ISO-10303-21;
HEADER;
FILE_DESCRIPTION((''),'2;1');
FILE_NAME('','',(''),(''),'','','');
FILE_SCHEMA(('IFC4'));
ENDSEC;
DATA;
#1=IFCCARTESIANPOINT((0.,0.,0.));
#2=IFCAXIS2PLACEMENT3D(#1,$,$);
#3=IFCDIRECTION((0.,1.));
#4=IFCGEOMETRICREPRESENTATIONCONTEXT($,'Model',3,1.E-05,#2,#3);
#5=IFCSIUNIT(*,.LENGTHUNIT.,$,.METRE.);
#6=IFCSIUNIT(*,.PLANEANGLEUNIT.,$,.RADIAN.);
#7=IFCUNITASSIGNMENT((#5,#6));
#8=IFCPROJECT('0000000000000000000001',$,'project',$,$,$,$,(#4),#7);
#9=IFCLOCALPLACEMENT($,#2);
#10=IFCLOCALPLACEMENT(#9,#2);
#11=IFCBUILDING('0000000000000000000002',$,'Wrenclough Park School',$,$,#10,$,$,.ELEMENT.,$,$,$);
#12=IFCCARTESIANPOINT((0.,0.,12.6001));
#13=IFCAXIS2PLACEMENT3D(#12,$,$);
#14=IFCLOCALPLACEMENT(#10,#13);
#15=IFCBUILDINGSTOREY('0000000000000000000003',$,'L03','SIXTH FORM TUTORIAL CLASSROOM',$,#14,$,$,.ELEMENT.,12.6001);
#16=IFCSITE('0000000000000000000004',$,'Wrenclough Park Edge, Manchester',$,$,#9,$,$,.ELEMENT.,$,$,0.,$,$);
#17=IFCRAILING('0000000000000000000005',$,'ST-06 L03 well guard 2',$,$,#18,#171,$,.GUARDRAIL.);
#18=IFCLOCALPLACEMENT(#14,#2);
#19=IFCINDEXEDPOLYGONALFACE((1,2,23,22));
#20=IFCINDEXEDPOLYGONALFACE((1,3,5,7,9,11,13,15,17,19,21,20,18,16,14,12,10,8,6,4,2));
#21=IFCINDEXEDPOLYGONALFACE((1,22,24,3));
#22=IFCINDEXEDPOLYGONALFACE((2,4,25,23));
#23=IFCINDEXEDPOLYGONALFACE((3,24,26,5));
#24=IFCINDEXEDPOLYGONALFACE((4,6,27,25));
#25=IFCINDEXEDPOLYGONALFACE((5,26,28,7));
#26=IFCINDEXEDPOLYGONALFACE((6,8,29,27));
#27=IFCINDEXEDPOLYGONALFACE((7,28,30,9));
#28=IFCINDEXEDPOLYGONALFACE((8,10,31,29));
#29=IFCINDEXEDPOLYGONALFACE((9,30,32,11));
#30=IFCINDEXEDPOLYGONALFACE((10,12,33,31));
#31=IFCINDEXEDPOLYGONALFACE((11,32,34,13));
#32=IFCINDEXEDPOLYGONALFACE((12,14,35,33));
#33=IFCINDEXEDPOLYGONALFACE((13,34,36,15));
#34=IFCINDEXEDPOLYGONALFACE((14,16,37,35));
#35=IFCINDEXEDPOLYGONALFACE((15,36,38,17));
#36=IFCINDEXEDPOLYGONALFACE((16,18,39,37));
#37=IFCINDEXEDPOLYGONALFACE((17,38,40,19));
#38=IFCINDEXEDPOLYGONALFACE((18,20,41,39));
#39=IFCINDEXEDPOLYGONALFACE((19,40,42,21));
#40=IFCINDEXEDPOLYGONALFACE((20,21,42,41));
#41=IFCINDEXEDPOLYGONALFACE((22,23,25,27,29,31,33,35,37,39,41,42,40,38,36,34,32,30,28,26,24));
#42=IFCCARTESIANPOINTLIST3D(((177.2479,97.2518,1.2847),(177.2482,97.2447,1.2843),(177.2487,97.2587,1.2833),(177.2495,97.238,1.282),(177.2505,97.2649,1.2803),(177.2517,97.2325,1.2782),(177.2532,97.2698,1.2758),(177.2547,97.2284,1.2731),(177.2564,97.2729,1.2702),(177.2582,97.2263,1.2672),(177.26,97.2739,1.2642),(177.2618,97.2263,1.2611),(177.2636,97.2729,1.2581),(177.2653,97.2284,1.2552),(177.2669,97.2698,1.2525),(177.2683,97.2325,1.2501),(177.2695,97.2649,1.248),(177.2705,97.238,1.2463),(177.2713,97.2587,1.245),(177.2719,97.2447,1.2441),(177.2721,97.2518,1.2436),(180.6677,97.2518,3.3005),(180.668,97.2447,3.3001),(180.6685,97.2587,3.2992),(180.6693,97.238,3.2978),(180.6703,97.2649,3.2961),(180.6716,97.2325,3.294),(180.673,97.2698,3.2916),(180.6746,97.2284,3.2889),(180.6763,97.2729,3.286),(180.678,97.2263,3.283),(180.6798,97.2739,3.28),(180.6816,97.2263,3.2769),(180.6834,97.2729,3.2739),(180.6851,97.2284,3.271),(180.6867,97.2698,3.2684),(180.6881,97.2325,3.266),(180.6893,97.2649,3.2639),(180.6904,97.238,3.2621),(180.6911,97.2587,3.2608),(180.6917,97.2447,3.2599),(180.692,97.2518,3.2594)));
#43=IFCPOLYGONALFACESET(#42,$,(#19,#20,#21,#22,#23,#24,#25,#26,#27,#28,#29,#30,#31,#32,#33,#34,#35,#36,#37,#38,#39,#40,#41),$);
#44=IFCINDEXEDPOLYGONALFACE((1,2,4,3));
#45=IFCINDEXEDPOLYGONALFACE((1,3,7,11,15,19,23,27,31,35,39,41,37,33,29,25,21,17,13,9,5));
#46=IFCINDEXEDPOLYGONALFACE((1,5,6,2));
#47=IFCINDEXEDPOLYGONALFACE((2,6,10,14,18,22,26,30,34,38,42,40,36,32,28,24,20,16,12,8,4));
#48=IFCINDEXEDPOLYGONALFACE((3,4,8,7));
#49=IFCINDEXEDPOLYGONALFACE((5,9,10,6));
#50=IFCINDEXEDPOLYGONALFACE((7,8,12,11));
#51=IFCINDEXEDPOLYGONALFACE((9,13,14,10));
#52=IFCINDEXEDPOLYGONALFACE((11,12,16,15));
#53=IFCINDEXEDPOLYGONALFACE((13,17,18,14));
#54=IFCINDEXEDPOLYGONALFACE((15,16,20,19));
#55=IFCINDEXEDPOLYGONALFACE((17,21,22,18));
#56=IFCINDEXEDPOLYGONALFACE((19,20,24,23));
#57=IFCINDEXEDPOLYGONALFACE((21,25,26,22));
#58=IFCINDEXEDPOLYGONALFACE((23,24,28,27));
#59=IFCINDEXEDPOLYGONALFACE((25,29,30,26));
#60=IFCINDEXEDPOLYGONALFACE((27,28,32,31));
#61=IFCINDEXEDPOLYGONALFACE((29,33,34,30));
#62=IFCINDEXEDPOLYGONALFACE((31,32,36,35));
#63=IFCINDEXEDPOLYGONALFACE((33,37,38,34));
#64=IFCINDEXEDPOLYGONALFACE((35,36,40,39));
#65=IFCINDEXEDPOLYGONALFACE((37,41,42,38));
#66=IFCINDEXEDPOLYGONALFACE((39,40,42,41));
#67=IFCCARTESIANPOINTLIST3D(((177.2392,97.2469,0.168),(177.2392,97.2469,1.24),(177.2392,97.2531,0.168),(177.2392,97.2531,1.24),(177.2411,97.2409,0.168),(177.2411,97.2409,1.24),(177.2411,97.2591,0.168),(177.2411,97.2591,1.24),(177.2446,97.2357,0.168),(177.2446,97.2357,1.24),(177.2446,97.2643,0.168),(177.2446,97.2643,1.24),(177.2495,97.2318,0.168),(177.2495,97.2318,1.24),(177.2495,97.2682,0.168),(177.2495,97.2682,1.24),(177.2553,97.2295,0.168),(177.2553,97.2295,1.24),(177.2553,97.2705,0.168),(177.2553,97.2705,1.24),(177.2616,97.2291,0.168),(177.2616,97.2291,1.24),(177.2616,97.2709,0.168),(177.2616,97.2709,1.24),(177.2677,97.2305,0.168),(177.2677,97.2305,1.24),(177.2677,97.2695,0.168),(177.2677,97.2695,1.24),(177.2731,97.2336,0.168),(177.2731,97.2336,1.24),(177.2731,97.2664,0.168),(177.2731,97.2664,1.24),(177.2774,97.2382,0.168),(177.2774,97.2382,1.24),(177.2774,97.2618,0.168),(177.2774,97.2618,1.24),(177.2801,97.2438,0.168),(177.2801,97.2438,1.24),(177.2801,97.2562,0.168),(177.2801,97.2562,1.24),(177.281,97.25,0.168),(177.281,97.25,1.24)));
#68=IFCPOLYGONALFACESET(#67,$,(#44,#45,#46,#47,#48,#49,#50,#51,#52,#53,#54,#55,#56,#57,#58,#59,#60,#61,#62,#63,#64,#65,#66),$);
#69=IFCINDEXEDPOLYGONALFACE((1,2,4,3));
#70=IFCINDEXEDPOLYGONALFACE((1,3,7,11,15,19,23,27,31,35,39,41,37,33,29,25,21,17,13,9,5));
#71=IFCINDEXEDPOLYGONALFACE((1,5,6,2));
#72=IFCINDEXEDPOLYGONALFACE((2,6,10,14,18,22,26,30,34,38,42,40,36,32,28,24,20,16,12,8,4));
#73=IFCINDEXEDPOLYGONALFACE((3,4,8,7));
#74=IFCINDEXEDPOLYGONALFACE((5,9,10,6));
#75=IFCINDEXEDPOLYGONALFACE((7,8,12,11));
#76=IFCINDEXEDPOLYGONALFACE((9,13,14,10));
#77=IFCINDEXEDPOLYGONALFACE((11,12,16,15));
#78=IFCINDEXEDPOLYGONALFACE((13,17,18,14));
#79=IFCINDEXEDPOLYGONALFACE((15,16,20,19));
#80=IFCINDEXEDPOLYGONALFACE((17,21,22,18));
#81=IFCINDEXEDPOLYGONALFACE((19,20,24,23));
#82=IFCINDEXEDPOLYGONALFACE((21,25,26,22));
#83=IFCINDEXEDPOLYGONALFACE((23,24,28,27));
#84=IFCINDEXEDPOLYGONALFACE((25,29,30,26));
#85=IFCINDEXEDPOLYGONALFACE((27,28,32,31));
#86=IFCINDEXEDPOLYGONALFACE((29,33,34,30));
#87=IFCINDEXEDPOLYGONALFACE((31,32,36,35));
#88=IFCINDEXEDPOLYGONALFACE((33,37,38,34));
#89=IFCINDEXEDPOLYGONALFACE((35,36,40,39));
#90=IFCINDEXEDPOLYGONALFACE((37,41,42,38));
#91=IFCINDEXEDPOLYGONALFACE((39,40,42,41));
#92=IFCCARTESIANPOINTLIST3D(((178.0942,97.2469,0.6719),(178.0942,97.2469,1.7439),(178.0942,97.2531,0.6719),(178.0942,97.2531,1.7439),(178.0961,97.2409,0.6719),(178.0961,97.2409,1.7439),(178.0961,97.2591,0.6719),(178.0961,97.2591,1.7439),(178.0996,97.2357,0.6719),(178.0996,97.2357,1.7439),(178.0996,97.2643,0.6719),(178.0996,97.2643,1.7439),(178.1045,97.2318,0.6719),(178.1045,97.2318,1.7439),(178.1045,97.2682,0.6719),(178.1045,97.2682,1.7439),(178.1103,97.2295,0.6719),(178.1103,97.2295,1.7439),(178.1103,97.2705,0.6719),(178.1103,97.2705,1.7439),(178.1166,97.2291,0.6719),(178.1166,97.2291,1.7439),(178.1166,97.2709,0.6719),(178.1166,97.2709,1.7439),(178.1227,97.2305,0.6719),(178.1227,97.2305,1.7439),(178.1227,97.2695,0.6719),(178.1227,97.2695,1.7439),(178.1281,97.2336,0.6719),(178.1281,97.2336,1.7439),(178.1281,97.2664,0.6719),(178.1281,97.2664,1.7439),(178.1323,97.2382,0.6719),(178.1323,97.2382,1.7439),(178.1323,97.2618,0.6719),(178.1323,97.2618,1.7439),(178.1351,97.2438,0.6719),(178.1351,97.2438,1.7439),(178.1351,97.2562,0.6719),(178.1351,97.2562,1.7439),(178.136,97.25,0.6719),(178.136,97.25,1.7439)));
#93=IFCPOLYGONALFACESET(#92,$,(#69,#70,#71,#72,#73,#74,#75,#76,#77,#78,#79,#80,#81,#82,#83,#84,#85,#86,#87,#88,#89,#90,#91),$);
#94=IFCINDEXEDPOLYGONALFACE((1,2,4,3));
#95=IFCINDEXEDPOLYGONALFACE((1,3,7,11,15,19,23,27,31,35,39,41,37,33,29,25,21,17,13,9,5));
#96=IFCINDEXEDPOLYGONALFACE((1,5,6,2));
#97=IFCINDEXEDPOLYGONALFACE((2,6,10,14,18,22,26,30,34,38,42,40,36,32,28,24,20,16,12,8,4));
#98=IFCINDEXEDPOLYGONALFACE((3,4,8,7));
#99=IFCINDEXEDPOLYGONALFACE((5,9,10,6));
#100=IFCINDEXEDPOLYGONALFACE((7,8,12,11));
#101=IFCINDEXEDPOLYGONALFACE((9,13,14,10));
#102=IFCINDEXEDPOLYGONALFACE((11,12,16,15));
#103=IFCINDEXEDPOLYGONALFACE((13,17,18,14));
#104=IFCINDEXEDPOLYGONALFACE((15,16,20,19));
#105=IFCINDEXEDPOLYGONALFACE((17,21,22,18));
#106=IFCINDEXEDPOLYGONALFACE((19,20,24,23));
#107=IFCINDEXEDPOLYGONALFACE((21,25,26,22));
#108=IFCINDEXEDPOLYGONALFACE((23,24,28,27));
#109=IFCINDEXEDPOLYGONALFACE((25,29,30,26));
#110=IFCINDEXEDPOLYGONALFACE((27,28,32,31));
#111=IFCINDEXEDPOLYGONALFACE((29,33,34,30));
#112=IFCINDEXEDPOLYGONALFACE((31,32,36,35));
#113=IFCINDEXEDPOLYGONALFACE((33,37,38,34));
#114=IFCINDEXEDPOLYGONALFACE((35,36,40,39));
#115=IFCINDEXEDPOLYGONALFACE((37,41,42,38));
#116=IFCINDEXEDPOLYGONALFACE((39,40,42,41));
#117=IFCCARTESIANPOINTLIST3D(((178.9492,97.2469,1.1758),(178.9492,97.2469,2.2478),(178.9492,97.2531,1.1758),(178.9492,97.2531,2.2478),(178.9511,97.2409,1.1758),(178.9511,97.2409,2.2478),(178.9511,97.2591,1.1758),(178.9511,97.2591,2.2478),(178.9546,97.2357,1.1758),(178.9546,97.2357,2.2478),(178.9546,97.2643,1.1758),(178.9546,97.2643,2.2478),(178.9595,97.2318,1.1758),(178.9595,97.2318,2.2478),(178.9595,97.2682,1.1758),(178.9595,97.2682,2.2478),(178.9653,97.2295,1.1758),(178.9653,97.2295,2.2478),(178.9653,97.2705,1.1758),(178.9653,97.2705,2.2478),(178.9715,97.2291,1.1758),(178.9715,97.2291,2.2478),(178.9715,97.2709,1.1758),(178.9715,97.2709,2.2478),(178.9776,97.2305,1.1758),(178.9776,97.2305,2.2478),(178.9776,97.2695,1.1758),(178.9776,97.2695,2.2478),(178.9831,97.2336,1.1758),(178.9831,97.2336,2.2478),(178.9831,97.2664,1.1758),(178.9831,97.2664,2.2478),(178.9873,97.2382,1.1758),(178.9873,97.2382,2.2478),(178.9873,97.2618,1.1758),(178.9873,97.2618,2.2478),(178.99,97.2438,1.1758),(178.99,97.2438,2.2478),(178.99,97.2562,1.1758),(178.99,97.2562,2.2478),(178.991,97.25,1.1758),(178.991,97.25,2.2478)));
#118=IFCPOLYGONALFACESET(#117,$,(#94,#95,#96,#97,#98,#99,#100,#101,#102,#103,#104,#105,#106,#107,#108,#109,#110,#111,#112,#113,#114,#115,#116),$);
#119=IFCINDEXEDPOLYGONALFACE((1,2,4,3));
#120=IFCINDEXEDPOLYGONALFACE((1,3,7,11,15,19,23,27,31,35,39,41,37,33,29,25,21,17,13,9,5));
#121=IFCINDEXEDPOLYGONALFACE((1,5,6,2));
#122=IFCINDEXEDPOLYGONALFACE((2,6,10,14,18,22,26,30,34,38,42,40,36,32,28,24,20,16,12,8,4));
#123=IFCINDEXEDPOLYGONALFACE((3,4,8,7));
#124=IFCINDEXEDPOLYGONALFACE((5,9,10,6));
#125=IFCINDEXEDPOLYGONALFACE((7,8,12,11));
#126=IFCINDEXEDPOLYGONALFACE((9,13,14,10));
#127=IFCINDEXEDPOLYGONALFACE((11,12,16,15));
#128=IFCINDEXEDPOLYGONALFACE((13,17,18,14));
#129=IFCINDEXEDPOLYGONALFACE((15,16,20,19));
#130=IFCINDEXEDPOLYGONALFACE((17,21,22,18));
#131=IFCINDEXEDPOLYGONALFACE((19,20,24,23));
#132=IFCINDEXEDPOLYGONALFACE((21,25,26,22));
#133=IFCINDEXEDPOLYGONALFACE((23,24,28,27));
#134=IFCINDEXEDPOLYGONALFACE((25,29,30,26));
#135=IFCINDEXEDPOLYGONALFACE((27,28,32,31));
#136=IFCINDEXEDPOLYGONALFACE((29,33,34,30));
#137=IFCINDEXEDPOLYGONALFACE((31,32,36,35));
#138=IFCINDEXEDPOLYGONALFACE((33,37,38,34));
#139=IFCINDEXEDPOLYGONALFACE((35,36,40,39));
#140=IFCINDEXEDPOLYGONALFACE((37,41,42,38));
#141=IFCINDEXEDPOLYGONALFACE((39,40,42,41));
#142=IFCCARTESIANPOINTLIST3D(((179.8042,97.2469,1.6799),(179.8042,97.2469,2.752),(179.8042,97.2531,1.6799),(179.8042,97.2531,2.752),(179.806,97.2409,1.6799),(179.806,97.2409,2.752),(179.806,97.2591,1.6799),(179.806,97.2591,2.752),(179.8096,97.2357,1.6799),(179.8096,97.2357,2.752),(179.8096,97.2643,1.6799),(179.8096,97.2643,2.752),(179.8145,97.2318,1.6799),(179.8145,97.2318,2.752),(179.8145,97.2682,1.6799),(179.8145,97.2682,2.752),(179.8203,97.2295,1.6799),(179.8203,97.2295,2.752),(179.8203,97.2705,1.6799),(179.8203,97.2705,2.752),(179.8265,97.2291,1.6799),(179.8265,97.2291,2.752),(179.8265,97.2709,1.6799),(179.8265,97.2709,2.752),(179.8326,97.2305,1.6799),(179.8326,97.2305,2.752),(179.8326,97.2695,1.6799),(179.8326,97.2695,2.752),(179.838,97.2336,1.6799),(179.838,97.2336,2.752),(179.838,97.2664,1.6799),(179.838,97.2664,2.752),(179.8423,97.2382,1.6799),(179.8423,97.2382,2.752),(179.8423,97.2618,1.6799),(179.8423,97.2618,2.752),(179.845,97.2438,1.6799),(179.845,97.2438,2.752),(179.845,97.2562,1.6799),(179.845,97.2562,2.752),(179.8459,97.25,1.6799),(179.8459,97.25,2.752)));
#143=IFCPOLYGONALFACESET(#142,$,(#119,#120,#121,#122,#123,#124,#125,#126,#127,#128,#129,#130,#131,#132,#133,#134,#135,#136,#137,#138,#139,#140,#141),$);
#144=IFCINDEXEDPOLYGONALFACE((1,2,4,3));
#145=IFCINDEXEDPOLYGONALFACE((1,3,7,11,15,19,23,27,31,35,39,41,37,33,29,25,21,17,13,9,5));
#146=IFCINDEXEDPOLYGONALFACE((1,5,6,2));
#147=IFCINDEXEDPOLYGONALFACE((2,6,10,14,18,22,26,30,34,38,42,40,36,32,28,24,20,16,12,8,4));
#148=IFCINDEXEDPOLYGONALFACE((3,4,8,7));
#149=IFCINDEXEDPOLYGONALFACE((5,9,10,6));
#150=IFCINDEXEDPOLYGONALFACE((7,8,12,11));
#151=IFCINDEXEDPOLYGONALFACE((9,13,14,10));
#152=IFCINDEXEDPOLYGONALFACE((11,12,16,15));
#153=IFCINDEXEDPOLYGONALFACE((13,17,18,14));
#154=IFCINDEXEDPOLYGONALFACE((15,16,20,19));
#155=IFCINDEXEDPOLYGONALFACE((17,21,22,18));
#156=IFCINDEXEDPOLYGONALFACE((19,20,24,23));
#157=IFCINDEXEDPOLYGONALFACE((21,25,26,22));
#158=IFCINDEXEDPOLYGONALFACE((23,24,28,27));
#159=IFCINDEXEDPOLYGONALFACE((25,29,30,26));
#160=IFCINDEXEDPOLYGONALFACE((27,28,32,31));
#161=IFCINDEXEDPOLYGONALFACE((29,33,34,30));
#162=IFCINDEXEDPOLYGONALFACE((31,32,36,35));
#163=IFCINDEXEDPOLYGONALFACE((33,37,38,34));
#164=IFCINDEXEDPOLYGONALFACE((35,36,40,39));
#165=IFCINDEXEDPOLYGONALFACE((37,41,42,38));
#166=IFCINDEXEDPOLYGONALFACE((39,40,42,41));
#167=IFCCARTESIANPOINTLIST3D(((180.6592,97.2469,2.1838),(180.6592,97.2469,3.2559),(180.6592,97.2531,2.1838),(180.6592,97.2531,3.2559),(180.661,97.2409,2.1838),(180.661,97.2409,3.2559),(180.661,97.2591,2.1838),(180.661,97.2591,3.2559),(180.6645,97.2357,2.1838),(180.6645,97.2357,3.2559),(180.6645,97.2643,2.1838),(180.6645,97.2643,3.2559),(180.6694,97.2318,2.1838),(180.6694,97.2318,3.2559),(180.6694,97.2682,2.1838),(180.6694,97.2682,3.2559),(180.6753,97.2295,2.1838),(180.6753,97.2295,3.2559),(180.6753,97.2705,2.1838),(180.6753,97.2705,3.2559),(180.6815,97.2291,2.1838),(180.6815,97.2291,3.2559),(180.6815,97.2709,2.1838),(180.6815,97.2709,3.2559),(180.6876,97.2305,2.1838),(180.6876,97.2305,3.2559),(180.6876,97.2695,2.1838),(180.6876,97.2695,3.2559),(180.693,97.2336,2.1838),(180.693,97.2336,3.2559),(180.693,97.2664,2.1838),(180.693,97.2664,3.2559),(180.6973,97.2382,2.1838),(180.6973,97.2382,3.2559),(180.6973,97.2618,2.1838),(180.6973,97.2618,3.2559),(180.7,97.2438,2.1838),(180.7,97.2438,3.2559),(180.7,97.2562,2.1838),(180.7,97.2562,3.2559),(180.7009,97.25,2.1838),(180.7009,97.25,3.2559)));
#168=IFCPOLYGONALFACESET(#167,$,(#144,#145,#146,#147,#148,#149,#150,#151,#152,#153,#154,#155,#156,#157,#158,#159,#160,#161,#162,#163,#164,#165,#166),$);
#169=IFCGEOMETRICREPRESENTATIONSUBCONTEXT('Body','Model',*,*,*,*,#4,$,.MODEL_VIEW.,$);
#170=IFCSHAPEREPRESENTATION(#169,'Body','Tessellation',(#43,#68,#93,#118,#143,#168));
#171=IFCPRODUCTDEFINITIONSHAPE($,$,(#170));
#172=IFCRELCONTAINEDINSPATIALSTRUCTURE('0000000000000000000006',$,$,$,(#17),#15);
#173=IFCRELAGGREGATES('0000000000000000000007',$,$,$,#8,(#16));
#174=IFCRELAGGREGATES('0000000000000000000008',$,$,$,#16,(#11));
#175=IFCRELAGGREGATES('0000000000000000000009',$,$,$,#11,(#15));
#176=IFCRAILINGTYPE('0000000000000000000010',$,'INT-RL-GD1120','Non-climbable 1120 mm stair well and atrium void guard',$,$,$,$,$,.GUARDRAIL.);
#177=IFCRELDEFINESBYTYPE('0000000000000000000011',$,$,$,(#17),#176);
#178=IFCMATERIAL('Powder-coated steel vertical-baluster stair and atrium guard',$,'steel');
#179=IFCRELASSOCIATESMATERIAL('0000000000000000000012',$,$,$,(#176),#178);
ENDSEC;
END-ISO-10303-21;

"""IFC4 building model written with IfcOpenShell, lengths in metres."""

from ifc_helpers import new_model, si_unit, direction, frame, origin, origin_2d, place, context, subcontext, project, spatial, circle, extrude, material, type_object, element, save


model = new_model("IFC4")

# Units and contexts
model_context = context("Model", 3, precision=1e-05, world=origin(), true_north=direction((0.0, 1.0)))
body_context = subcontext(model_context, "Body", "Model", "MODEL_VIEW")
ifc_project = project(units=[si_unit("LENGTHUNIT", "METRE"), si_unit("PLANEANGLEUNIT", "RADIAN")], contexts=[model_context])

# Site, building, storey
site_placement = place(None, origin())
site = spatial("IfcSite", under=ifc_project, at=site_placement, Name="Wrenclough Park Edge, Manchester", CompositionType="ELEMENT", RefElevation=0.0)
building_placement = place(site_placement, origin())
building = spatial("IfcBuilding", under=site, at=building_placement, Name="Wrenclough Park School", CompositionType="ELEMENT")
storey_placement = place(building_placement, frame((0.0, 0.0, 12.6001)))
storey = spatial("IfcBuildingStorey", under=building, at=storey_placement, Name="L03", Description="SIXTH FORM TUTORIAL CLASSROOM", CompositionType="ELEMENT", Elevation=12.6001)

# Railing
ifc_material_1 = material(Name="Powder-coated steel vertical-baluster stair and atrium guard", Category="steel")
railing_type_1 = type_object("IfcRailingType", Name="INT-RL-GD1120", Description="Non-climbable 1120 mm stair well and atrium void guard", PredefinedType="GUARDRAIL", material=ifc_material_1)
railing_1_placement = place(storey_placement, frame((177.26, 97.25, 0.168)))
element("IfcRailing", 1, at=railing_1_placement, inside=storey, type_object=railing_type_1, Name="ST-06 L03 well guard 2", PredefinedType="GUARDRAIL", context=body_context, shape_type="SweptSolid", body=[
    extrude(circle(Radius=0.0239, at=origin_2d()), frame((0.0, 0.0, 1.0962), z_axis=(0.861477, 0.0, 0.507797), x_axis=(0.0, 1.0, 0.0)), (0.0, 0.0, 1.0), 3.9697),
    extrude(circle(Radius=0.021, at=origin_2d()), origin(), (0.0, 0.0, 1.0), 1.072),
    extrude(circle(Radius=0.021, at=origin_2d()), frame((0.855, 0.0, 0.5039)), (0.0, 0.0, 1.0), 1.072),
    extrude(circle(Radius=0.021, at=origin_2d()), frame((1.71, 0.0, 1.0078)), (0.0, 0.0, 1.0), 1.072),
    extrude(circle(Radius=0.021, at=origin_2d()), frame((2.5649, 0.0, 1.512)), (0.0, 0.0, 1.0), 1.072),
    extrude(circle(Radius=0.021, at=origin_2d()), frame((3.4199, 0.0, 2.0159)), (0.0, 0.0, 1.0), 1.072),
])

save(model, "model.ifc")
